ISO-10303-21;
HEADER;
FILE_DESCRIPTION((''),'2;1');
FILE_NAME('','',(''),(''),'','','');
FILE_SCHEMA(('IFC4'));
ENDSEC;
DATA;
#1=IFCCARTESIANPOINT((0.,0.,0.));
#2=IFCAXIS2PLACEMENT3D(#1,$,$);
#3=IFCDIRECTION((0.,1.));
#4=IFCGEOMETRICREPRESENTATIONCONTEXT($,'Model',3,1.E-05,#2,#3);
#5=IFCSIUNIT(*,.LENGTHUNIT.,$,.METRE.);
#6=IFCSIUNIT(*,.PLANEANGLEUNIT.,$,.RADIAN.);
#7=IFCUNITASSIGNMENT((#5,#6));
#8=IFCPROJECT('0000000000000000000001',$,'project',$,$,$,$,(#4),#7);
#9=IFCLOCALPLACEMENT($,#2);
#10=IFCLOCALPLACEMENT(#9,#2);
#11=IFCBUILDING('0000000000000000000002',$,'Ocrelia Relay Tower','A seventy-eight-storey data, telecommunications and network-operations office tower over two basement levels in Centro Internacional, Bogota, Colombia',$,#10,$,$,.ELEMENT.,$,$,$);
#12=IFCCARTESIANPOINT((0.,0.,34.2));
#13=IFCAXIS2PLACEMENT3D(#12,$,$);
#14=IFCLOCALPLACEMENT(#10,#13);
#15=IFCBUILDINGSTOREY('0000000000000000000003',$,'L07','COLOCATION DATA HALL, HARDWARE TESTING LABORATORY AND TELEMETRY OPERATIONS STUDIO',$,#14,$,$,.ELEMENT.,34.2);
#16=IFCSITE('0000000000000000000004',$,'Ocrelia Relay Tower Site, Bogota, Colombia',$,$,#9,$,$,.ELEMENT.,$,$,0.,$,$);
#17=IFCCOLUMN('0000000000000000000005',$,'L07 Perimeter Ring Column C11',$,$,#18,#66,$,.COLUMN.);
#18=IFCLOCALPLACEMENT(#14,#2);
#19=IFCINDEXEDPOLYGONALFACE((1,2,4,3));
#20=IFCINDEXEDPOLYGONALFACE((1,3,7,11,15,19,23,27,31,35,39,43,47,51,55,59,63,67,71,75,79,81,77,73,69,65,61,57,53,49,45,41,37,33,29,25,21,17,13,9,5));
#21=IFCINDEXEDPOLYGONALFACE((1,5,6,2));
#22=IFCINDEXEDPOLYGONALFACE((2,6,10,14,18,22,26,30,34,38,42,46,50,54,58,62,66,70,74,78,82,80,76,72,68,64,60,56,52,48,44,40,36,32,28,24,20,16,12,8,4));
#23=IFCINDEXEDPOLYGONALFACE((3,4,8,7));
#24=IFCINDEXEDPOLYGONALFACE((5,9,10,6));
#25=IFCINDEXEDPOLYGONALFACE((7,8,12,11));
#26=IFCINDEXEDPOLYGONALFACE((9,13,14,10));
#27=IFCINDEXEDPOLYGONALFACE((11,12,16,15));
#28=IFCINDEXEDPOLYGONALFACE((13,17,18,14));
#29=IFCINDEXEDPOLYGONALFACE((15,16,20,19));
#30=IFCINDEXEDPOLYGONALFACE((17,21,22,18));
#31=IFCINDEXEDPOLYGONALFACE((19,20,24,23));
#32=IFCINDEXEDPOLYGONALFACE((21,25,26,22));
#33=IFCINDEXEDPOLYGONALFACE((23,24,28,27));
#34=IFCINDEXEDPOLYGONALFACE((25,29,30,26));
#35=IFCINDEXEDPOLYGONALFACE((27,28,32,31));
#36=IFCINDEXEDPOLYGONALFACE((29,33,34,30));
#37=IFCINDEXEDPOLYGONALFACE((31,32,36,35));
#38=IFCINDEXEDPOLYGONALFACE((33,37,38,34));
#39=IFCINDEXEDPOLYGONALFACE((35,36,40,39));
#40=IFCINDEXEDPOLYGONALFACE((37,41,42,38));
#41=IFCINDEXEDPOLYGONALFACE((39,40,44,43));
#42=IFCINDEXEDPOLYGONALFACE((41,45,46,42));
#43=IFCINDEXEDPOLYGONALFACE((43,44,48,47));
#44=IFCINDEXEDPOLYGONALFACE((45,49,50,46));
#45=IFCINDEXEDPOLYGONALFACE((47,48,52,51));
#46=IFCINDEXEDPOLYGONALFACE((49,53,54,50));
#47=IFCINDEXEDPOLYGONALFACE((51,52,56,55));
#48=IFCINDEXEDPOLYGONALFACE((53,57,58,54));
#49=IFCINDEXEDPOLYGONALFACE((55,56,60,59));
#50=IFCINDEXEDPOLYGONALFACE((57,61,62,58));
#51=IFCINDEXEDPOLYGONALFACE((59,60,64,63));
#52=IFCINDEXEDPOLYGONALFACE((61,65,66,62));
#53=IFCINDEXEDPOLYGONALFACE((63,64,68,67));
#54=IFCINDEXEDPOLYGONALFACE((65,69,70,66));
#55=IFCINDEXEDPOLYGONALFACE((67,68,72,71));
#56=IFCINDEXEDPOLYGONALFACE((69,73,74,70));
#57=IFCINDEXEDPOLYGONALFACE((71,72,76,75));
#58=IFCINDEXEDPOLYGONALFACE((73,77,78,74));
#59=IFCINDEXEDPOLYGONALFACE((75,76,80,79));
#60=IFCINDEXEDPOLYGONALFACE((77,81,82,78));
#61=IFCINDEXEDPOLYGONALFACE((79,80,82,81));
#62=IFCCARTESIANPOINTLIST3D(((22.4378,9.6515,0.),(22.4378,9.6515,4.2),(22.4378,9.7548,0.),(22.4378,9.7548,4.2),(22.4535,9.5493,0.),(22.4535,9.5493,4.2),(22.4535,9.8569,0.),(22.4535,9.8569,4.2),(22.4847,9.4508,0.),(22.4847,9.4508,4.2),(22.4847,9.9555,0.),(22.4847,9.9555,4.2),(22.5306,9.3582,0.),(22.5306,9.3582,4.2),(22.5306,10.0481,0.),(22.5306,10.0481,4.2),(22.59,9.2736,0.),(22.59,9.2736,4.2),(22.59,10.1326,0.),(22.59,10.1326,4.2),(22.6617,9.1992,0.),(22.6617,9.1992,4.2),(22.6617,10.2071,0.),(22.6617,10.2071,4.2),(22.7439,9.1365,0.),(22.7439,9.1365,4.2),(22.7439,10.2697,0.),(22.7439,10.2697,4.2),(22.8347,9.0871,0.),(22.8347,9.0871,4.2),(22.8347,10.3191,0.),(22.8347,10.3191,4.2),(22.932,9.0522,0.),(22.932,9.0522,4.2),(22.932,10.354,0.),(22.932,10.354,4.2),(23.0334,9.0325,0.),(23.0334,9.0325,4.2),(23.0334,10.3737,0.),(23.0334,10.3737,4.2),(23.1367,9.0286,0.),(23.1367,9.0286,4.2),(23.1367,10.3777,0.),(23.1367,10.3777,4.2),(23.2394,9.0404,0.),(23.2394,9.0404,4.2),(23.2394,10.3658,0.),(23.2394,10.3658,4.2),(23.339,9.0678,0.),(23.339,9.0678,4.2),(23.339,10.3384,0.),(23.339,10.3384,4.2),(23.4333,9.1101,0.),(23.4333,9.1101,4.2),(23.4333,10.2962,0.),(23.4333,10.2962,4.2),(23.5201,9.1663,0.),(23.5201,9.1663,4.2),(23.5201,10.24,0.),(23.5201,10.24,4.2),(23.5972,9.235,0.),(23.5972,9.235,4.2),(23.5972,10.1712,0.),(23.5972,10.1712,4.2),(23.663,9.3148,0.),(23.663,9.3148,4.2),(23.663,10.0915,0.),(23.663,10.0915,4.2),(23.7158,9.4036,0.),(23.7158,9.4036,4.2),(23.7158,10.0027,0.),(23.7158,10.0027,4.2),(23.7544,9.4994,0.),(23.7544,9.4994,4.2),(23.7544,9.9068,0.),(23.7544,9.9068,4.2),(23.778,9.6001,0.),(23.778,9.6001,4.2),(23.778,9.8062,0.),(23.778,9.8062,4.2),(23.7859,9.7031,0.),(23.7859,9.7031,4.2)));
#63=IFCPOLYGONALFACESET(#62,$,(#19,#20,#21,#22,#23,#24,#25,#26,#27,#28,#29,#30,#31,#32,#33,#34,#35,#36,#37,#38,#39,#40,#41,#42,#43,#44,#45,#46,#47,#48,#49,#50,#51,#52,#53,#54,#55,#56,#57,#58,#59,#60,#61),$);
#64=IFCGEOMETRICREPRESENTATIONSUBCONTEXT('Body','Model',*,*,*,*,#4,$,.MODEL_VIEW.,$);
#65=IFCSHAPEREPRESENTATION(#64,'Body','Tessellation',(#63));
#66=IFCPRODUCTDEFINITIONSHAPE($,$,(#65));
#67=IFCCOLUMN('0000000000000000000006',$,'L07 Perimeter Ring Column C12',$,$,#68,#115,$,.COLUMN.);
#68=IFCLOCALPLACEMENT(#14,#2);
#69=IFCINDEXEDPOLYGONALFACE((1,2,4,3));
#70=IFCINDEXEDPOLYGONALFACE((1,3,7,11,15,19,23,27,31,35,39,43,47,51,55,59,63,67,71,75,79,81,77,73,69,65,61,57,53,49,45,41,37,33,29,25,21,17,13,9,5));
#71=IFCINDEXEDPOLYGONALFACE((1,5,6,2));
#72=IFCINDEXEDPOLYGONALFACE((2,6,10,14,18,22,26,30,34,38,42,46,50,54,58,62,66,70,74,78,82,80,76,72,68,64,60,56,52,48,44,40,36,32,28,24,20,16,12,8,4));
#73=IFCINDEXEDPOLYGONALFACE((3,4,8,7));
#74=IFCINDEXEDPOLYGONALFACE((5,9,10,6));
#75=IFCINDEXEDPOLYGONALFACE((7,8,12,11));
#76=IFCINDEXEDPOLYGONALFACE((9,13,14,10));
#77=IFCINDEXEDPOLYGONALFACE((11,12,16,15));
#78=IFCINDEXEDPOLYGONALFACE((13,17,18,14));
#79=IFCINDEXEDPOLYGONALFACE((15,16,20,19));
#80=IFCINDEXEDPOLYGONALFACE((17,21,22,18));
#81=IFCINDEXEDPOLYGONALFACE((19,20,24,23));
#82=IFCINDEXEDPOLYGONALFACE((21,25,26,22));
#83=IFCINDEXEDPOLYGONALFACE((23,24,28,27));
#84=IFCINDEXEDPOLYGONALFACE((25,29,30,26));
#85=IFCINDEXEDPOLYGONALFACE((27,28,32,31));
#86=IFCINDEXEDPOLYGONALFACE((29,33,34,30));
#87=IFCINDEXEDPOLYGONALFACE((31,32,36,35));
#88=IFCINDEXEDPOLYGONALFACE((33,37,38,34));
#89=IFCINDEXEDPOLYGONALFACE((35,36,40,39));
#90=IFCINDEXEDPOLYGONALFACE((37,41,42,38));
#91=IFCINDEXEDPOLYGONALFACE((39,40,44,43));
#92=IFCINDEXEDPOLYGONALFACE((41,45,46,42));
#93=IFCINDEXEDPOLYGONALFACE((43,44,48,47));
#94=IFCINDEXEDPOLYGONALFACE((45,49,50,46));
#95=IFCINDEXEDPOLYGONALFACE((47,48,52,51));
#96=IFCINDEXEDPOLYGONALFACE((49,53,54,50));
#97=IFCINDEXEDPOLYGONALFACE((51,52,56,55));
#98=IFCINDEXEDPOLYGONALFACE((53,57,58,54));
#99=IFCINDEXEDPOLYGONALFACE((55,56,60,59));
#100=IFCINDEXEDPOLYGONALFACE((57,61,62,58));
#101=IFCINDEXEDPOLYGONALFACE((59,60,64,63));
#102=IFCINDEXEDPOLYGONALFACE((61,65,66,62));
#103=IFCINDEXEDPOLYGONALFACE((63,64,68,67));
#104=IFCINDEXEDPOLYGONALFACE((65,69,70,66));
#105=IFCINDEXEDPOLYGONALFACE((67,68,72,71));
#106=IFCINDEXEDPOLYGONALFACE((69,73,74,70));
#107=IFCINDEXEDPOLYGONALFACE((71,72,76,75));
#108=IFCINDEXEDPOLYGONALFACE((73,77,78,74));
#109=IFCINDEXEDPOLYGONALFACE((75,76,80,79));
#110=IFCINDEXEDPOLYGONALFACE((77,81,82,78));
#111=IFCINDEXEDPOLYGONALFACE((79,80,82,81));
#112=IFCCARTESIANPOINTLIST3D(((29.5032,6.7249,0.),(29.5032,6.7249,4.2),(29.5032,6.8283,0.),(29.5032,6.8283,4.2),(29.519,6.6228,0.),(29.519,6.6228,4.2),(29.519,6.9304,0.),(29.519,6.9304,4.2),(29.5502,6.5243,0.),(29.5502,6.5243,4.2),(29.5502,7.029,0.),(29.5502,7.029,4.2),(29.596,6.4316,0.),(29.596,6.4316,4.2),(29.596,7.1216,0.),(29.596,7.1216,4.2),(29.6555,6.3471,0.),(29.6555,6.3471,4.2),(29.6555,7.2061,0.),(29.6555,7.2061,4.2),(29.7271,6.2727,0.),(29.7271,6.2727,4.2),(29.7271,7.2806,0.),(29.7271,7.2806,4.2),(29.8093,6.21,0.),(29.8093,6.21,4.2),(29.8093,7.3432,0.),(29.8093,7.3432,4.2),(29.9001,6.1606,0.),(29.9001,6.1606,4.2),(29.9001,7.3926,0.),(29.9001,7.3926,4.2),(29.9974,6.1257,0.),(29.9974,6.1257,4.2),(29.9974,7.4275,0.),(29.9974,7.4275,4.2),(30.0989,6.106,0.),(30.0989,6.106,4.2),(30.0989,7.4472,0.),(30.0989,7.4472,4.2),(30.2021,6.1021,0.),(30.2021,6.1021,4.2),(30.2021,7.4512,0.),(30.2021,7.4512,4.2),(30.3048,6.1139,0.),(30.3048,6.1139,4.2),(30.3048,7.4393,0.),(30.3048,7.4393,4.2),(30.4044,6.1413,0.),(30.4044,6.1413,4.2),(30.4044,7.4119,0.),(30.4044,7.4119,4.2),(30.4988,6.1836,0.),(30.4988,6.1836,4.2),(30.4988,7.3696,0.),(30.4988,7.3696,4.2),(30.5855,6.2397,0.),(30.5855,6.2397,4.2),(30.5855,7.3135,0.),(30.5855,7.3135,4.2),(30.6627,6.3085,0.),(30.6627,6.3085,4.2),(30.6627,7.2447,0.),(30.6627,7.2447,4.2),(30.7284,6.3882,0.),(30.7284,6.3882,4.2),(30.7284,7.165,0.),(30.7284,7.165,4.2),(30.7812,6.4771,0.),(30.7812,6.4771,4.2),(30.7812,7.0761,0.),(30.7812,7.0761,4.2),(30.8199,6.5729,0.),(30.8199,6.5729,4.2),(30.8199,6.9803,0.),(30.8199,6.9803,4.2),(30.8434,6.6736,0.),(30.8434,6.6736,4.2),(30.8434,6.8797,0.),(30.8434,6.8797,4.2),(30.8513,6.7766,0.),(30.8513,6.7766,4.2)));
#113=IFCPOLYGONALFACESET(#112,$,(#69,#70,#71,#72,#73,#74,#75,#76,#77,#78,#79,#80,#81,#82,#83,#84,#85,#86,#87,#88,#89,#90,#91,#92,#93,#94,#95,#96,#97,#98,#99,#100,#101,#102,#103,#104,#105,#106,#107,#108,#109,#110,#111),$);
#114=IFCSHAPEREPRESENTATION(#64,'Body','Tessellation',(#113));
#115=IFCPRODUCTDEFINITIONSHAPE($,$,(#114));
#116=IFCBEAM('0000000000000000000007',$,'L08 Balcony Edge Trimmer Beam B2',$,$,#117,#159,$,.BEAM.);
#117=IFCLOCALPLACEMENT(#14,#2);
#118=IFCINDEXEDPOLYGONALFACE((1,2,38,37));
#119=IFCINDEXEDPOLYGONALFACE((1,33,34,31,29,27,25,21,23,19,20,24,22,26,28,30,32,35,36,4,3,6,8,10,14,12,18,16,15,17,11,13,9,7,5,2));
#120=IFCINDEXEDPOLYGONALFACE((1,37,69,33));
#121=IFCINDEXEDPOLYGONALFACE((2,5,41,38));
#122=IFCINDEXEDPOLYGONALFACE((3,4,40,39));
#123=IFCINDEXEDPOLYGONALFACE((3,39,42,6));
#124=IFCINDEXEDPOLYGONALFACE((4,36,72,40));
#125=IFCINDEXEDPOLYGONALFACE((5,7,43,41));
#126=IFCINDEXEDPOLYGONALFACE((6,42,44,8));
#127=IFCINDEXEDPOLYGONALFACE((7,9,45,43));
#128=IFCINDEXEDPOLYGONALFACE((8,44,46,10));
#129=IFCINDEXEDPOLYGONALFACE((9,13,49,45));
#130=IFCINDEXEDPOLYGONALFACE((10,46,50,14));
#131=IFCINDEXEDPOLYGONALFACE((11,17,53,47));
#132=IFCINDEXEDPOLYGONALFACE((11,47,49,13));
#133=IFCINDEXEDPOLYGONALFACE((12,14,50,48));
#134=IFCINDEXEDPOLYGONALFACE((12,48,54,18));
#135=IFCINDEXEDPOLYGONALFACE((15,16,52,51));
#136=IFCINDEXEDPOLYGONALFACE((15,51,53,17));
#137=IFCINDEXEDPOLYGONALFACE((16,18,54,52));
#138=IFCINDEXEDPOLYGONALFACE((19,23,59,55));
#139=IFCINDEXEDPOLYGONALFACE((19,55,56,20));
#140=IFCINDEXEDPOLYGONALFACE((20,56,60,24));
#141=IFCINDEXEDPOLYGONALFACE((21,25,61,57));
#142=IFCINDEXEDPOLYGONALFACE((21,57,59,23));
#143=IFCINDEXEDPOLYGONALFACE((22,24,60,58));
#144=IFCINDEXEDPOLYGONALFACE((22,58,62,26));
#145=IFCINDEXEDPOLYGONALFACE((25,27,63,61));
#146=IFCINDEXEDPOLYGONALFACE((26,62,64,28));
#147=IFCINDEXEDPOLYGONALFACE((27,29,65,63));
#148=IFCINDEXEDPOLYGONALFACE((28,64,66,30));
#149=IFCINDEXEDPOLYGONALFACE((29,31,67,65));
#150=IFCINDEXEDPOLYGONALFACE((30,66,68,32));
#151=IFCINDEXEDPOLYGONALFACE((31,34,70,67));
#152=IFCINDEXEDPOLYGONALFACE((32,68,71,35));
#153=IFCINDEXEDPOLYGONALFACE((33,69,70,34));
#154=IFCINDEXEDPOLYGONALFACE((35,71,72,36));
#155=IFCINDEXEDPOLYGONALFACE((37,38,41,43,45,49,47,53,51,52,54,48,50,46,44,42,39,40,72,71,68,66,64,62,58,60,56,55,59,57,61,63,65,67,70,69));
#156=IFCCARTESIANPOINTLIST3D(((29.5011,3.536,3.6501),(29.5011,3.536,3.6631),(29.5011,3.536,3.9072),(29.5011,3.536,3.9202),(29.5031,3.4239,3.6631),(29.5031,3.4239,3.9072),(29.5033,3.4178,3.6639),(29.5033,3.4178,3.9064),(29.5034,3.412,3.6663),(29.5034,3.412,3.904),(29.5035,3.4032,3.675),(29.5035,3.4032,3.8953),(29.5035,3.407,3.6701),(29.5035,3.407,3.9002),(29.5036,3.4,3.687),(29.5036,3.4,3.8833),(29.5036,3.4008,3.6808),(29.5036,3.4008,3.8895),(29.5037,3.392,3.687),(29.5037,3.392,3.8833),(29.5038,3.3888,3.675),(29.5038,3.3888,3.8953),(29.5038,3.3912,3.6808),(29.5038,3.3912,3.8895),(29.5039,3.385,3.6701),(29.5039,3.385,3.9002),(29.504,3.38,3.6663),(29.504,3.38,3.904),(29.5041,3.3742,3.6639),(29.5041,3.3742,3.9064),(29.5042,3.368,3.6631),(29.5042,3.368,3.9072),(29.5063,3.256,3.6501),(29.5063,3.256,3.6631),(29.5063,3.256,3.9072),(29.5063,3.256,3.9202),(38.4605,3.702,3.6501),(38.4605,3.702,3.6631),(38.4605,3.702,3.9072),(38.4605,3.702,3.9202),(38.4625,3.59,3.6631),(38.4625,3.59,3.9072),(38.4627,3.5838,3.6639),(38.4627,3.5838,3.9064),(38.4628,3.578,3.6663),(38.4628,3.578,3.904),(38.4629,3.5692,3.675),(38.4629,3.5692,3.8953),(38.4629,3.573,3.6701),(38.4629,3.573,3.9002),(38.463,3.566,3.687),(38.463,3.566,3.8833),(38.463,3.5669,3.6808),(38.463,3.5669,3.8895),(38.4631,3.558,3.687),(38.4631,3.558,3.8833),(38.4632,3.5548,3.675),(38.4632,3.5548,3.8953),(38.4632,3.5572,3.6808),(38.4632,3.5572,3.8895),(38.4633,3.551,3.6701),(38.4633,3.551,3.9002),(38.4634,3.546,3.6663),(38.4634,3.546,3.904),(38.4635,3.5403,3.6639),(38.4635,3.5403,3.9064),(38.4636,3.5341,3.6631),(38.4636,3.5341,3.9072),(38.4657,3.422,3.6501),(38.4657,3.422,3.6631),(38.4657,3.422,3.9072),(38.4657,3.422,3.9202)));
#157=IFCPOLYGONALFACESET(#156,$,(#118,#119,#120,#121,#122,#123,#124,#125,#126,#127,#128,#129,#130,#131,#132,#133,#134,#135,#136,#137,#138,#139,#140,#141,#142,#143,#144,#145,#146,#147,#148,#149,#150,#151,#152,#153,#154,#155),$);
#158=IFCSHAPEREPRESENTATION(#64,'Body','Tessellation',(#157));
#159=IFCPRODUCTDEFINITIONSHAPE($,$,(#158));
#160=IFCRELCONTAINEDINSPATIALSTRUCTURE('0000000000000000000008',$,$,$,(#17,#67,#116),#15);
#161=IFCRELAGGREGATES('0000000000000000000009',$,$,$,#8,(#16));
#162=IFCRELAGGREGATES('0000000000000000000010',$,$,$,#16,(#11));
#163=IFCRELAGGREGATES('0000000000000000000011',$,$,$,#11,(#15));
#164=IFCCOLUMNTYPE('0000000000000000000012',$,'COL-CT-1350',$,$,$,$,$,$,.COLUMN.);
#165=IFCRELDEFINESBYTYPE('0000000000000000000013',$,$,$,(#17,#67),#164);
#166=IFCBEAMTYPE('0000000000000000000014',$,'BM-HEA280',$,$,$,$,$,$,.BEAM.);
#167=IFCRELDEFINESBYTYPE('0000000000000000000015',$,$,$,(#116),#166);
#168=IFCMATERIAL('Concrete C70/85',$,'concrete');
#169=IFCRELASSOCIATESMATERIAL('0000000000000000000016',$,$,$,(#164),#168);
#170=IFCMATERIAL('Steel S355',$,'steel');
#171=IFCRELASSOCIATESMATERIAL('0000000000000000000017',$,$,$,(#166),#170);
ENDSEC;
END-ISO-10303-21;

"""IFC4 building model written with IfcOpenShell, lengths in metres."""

from ifc_helpers import new_model, si_unit, direction, frame, origin, origin_2d, place, context, subcontext, project, spatial, circle, i_section, extrude, material, material_profile, profile_set, type_object, element, save


model = new_model("IFC4")

# Units and contexts
model_context = context("Model", 3, precision=1e-05, world=origin(), true_north=direction((0.0, 1.0)))
body_context = subcontext(model_context, "Body", "Model", "MODEL_VIEW")
ifc_project = project(units=[si_unit("LENGTHUNIT", "METRE"), si_unit("PLANEANGLEUNIT", "RADIAN")], contexts=[model_context])

# Site, building, storey
site_placement = place(None, origin())
site = spatial("IfcSite", under=ifc_project, at=site_placement, Name="Ocrelia Relay Tower Site, Bogota, Colombia", CompositionType="ELEMENT", RefElevation=0.0)
building_placement = place(site_placement, origin())
building = spatial("IfcBuilding", under=site, at=building_placement, Name="Ocrelia Relay Tower", Description="A seventy-eight-storey data, telecommunications and network-operations office tower over two basement levels in Centro Internacional, Bogota, Colombia", CompositionType="ELEMENT")
storey_placement = place(building_placement, frame((0.0, 0.0, 34.2)))
storey = spatial("IfcBuildingStorey", under=building, at=storey_placement, Name="L07", Description="COLOCATION DATA HALL, HARDWARE TESTING LABORATORY AND TELEMETRY OPERATIONS STUDIO", CompositionType="ELEMENT", Elevation=34.2)

# Columns
ifc_material_1 = material(Name="Concrete C70/85", Category="concrete")
ifc_material_profile_1 = material_profile(ifc_material_1, circle(Radius=0.675, at=origin_2d()), Name="RC-CIR-1350")
ifc_profile_set_1 = profile_set([ifc_material_profile_1], Name="Concrete C70/85")
column_type = type_object("IfcColumnType", Name="COL-CT-1350", PredefinedType="COLUMN", material=ifc_profile_set_1)
for number, where, z_axis, x_axis, name in (
    (1, (23.1108, 9.7031, 0.0), (0.0, 0.0, 1.0), (1.0, 0.0, 0.0), "L07 Perimeter Ring Column C11"),
    (2, (30.1763, 6.7766, 0.0), (0.0, 0.0, 1.0), (1.0, 0.0, 0.0), "L07 Perimeter Ring Column C12"),
):
    element("IfcColumn", number, at=place(storey_placement, frame(where, z_axis=z_axis, x_axis=x_axis)), inside=storey, type_object=column_type, Name=name, PredefinedType="COLUMN", context=body_context, shape_type="SweptSolid", body=[
        extrude(circle(Radius=0.675, at=origin_2d()), origin(), (0.0, 0.0, 1.0), 4.2),
    ])

# Beam
ifc_material_2 = material(Name="Steel S355", Category="steel")
ifc_material_profile_2 = material_profile(ifc_material_2, i_section(OverallWidth=0.28, OverallDepth=0.27, WebThickness=0.0081, FlangeThickness=0.0129, FilletRadius=0.0239, at=origin_2d()), Name="HEA 280")
ifc_profile_set_2 = profile_set([ifc_material_profile_2], Name="Steel S355")
beam_type_1 = type_object("IfcBeamType", Name="BM-HEA280", PredefinedType="BEAM", material=ifc_profile_set_2)
beam_1_placement = place(storey_placement, frame((29.5037, 3.396, 3.7852), z_axis=(0.999828, 0.018526, 0.0), x_axis=(-0.018526, 0.999828, 0.0)))
element("IfcBeam", 3, at=beam_1_placement, inside=storey, type_object=beam_type_1, Name="L08 Balcony Edge Trimmer Beam B2", PredefinedType="BEAM", context=body_context, shape_type="SweptSolid", body=[
    extrude(i_section(OverallWidth=0.28, OverallDepth=0.27, WebThickness=0.0081, FlangeThickness=0.0129, FilletRadius=0.0239, at=origin_2d()), origin(), (0.0, 0.0, 1.0), 8.9609),
])

save(model, "model.ifc")
